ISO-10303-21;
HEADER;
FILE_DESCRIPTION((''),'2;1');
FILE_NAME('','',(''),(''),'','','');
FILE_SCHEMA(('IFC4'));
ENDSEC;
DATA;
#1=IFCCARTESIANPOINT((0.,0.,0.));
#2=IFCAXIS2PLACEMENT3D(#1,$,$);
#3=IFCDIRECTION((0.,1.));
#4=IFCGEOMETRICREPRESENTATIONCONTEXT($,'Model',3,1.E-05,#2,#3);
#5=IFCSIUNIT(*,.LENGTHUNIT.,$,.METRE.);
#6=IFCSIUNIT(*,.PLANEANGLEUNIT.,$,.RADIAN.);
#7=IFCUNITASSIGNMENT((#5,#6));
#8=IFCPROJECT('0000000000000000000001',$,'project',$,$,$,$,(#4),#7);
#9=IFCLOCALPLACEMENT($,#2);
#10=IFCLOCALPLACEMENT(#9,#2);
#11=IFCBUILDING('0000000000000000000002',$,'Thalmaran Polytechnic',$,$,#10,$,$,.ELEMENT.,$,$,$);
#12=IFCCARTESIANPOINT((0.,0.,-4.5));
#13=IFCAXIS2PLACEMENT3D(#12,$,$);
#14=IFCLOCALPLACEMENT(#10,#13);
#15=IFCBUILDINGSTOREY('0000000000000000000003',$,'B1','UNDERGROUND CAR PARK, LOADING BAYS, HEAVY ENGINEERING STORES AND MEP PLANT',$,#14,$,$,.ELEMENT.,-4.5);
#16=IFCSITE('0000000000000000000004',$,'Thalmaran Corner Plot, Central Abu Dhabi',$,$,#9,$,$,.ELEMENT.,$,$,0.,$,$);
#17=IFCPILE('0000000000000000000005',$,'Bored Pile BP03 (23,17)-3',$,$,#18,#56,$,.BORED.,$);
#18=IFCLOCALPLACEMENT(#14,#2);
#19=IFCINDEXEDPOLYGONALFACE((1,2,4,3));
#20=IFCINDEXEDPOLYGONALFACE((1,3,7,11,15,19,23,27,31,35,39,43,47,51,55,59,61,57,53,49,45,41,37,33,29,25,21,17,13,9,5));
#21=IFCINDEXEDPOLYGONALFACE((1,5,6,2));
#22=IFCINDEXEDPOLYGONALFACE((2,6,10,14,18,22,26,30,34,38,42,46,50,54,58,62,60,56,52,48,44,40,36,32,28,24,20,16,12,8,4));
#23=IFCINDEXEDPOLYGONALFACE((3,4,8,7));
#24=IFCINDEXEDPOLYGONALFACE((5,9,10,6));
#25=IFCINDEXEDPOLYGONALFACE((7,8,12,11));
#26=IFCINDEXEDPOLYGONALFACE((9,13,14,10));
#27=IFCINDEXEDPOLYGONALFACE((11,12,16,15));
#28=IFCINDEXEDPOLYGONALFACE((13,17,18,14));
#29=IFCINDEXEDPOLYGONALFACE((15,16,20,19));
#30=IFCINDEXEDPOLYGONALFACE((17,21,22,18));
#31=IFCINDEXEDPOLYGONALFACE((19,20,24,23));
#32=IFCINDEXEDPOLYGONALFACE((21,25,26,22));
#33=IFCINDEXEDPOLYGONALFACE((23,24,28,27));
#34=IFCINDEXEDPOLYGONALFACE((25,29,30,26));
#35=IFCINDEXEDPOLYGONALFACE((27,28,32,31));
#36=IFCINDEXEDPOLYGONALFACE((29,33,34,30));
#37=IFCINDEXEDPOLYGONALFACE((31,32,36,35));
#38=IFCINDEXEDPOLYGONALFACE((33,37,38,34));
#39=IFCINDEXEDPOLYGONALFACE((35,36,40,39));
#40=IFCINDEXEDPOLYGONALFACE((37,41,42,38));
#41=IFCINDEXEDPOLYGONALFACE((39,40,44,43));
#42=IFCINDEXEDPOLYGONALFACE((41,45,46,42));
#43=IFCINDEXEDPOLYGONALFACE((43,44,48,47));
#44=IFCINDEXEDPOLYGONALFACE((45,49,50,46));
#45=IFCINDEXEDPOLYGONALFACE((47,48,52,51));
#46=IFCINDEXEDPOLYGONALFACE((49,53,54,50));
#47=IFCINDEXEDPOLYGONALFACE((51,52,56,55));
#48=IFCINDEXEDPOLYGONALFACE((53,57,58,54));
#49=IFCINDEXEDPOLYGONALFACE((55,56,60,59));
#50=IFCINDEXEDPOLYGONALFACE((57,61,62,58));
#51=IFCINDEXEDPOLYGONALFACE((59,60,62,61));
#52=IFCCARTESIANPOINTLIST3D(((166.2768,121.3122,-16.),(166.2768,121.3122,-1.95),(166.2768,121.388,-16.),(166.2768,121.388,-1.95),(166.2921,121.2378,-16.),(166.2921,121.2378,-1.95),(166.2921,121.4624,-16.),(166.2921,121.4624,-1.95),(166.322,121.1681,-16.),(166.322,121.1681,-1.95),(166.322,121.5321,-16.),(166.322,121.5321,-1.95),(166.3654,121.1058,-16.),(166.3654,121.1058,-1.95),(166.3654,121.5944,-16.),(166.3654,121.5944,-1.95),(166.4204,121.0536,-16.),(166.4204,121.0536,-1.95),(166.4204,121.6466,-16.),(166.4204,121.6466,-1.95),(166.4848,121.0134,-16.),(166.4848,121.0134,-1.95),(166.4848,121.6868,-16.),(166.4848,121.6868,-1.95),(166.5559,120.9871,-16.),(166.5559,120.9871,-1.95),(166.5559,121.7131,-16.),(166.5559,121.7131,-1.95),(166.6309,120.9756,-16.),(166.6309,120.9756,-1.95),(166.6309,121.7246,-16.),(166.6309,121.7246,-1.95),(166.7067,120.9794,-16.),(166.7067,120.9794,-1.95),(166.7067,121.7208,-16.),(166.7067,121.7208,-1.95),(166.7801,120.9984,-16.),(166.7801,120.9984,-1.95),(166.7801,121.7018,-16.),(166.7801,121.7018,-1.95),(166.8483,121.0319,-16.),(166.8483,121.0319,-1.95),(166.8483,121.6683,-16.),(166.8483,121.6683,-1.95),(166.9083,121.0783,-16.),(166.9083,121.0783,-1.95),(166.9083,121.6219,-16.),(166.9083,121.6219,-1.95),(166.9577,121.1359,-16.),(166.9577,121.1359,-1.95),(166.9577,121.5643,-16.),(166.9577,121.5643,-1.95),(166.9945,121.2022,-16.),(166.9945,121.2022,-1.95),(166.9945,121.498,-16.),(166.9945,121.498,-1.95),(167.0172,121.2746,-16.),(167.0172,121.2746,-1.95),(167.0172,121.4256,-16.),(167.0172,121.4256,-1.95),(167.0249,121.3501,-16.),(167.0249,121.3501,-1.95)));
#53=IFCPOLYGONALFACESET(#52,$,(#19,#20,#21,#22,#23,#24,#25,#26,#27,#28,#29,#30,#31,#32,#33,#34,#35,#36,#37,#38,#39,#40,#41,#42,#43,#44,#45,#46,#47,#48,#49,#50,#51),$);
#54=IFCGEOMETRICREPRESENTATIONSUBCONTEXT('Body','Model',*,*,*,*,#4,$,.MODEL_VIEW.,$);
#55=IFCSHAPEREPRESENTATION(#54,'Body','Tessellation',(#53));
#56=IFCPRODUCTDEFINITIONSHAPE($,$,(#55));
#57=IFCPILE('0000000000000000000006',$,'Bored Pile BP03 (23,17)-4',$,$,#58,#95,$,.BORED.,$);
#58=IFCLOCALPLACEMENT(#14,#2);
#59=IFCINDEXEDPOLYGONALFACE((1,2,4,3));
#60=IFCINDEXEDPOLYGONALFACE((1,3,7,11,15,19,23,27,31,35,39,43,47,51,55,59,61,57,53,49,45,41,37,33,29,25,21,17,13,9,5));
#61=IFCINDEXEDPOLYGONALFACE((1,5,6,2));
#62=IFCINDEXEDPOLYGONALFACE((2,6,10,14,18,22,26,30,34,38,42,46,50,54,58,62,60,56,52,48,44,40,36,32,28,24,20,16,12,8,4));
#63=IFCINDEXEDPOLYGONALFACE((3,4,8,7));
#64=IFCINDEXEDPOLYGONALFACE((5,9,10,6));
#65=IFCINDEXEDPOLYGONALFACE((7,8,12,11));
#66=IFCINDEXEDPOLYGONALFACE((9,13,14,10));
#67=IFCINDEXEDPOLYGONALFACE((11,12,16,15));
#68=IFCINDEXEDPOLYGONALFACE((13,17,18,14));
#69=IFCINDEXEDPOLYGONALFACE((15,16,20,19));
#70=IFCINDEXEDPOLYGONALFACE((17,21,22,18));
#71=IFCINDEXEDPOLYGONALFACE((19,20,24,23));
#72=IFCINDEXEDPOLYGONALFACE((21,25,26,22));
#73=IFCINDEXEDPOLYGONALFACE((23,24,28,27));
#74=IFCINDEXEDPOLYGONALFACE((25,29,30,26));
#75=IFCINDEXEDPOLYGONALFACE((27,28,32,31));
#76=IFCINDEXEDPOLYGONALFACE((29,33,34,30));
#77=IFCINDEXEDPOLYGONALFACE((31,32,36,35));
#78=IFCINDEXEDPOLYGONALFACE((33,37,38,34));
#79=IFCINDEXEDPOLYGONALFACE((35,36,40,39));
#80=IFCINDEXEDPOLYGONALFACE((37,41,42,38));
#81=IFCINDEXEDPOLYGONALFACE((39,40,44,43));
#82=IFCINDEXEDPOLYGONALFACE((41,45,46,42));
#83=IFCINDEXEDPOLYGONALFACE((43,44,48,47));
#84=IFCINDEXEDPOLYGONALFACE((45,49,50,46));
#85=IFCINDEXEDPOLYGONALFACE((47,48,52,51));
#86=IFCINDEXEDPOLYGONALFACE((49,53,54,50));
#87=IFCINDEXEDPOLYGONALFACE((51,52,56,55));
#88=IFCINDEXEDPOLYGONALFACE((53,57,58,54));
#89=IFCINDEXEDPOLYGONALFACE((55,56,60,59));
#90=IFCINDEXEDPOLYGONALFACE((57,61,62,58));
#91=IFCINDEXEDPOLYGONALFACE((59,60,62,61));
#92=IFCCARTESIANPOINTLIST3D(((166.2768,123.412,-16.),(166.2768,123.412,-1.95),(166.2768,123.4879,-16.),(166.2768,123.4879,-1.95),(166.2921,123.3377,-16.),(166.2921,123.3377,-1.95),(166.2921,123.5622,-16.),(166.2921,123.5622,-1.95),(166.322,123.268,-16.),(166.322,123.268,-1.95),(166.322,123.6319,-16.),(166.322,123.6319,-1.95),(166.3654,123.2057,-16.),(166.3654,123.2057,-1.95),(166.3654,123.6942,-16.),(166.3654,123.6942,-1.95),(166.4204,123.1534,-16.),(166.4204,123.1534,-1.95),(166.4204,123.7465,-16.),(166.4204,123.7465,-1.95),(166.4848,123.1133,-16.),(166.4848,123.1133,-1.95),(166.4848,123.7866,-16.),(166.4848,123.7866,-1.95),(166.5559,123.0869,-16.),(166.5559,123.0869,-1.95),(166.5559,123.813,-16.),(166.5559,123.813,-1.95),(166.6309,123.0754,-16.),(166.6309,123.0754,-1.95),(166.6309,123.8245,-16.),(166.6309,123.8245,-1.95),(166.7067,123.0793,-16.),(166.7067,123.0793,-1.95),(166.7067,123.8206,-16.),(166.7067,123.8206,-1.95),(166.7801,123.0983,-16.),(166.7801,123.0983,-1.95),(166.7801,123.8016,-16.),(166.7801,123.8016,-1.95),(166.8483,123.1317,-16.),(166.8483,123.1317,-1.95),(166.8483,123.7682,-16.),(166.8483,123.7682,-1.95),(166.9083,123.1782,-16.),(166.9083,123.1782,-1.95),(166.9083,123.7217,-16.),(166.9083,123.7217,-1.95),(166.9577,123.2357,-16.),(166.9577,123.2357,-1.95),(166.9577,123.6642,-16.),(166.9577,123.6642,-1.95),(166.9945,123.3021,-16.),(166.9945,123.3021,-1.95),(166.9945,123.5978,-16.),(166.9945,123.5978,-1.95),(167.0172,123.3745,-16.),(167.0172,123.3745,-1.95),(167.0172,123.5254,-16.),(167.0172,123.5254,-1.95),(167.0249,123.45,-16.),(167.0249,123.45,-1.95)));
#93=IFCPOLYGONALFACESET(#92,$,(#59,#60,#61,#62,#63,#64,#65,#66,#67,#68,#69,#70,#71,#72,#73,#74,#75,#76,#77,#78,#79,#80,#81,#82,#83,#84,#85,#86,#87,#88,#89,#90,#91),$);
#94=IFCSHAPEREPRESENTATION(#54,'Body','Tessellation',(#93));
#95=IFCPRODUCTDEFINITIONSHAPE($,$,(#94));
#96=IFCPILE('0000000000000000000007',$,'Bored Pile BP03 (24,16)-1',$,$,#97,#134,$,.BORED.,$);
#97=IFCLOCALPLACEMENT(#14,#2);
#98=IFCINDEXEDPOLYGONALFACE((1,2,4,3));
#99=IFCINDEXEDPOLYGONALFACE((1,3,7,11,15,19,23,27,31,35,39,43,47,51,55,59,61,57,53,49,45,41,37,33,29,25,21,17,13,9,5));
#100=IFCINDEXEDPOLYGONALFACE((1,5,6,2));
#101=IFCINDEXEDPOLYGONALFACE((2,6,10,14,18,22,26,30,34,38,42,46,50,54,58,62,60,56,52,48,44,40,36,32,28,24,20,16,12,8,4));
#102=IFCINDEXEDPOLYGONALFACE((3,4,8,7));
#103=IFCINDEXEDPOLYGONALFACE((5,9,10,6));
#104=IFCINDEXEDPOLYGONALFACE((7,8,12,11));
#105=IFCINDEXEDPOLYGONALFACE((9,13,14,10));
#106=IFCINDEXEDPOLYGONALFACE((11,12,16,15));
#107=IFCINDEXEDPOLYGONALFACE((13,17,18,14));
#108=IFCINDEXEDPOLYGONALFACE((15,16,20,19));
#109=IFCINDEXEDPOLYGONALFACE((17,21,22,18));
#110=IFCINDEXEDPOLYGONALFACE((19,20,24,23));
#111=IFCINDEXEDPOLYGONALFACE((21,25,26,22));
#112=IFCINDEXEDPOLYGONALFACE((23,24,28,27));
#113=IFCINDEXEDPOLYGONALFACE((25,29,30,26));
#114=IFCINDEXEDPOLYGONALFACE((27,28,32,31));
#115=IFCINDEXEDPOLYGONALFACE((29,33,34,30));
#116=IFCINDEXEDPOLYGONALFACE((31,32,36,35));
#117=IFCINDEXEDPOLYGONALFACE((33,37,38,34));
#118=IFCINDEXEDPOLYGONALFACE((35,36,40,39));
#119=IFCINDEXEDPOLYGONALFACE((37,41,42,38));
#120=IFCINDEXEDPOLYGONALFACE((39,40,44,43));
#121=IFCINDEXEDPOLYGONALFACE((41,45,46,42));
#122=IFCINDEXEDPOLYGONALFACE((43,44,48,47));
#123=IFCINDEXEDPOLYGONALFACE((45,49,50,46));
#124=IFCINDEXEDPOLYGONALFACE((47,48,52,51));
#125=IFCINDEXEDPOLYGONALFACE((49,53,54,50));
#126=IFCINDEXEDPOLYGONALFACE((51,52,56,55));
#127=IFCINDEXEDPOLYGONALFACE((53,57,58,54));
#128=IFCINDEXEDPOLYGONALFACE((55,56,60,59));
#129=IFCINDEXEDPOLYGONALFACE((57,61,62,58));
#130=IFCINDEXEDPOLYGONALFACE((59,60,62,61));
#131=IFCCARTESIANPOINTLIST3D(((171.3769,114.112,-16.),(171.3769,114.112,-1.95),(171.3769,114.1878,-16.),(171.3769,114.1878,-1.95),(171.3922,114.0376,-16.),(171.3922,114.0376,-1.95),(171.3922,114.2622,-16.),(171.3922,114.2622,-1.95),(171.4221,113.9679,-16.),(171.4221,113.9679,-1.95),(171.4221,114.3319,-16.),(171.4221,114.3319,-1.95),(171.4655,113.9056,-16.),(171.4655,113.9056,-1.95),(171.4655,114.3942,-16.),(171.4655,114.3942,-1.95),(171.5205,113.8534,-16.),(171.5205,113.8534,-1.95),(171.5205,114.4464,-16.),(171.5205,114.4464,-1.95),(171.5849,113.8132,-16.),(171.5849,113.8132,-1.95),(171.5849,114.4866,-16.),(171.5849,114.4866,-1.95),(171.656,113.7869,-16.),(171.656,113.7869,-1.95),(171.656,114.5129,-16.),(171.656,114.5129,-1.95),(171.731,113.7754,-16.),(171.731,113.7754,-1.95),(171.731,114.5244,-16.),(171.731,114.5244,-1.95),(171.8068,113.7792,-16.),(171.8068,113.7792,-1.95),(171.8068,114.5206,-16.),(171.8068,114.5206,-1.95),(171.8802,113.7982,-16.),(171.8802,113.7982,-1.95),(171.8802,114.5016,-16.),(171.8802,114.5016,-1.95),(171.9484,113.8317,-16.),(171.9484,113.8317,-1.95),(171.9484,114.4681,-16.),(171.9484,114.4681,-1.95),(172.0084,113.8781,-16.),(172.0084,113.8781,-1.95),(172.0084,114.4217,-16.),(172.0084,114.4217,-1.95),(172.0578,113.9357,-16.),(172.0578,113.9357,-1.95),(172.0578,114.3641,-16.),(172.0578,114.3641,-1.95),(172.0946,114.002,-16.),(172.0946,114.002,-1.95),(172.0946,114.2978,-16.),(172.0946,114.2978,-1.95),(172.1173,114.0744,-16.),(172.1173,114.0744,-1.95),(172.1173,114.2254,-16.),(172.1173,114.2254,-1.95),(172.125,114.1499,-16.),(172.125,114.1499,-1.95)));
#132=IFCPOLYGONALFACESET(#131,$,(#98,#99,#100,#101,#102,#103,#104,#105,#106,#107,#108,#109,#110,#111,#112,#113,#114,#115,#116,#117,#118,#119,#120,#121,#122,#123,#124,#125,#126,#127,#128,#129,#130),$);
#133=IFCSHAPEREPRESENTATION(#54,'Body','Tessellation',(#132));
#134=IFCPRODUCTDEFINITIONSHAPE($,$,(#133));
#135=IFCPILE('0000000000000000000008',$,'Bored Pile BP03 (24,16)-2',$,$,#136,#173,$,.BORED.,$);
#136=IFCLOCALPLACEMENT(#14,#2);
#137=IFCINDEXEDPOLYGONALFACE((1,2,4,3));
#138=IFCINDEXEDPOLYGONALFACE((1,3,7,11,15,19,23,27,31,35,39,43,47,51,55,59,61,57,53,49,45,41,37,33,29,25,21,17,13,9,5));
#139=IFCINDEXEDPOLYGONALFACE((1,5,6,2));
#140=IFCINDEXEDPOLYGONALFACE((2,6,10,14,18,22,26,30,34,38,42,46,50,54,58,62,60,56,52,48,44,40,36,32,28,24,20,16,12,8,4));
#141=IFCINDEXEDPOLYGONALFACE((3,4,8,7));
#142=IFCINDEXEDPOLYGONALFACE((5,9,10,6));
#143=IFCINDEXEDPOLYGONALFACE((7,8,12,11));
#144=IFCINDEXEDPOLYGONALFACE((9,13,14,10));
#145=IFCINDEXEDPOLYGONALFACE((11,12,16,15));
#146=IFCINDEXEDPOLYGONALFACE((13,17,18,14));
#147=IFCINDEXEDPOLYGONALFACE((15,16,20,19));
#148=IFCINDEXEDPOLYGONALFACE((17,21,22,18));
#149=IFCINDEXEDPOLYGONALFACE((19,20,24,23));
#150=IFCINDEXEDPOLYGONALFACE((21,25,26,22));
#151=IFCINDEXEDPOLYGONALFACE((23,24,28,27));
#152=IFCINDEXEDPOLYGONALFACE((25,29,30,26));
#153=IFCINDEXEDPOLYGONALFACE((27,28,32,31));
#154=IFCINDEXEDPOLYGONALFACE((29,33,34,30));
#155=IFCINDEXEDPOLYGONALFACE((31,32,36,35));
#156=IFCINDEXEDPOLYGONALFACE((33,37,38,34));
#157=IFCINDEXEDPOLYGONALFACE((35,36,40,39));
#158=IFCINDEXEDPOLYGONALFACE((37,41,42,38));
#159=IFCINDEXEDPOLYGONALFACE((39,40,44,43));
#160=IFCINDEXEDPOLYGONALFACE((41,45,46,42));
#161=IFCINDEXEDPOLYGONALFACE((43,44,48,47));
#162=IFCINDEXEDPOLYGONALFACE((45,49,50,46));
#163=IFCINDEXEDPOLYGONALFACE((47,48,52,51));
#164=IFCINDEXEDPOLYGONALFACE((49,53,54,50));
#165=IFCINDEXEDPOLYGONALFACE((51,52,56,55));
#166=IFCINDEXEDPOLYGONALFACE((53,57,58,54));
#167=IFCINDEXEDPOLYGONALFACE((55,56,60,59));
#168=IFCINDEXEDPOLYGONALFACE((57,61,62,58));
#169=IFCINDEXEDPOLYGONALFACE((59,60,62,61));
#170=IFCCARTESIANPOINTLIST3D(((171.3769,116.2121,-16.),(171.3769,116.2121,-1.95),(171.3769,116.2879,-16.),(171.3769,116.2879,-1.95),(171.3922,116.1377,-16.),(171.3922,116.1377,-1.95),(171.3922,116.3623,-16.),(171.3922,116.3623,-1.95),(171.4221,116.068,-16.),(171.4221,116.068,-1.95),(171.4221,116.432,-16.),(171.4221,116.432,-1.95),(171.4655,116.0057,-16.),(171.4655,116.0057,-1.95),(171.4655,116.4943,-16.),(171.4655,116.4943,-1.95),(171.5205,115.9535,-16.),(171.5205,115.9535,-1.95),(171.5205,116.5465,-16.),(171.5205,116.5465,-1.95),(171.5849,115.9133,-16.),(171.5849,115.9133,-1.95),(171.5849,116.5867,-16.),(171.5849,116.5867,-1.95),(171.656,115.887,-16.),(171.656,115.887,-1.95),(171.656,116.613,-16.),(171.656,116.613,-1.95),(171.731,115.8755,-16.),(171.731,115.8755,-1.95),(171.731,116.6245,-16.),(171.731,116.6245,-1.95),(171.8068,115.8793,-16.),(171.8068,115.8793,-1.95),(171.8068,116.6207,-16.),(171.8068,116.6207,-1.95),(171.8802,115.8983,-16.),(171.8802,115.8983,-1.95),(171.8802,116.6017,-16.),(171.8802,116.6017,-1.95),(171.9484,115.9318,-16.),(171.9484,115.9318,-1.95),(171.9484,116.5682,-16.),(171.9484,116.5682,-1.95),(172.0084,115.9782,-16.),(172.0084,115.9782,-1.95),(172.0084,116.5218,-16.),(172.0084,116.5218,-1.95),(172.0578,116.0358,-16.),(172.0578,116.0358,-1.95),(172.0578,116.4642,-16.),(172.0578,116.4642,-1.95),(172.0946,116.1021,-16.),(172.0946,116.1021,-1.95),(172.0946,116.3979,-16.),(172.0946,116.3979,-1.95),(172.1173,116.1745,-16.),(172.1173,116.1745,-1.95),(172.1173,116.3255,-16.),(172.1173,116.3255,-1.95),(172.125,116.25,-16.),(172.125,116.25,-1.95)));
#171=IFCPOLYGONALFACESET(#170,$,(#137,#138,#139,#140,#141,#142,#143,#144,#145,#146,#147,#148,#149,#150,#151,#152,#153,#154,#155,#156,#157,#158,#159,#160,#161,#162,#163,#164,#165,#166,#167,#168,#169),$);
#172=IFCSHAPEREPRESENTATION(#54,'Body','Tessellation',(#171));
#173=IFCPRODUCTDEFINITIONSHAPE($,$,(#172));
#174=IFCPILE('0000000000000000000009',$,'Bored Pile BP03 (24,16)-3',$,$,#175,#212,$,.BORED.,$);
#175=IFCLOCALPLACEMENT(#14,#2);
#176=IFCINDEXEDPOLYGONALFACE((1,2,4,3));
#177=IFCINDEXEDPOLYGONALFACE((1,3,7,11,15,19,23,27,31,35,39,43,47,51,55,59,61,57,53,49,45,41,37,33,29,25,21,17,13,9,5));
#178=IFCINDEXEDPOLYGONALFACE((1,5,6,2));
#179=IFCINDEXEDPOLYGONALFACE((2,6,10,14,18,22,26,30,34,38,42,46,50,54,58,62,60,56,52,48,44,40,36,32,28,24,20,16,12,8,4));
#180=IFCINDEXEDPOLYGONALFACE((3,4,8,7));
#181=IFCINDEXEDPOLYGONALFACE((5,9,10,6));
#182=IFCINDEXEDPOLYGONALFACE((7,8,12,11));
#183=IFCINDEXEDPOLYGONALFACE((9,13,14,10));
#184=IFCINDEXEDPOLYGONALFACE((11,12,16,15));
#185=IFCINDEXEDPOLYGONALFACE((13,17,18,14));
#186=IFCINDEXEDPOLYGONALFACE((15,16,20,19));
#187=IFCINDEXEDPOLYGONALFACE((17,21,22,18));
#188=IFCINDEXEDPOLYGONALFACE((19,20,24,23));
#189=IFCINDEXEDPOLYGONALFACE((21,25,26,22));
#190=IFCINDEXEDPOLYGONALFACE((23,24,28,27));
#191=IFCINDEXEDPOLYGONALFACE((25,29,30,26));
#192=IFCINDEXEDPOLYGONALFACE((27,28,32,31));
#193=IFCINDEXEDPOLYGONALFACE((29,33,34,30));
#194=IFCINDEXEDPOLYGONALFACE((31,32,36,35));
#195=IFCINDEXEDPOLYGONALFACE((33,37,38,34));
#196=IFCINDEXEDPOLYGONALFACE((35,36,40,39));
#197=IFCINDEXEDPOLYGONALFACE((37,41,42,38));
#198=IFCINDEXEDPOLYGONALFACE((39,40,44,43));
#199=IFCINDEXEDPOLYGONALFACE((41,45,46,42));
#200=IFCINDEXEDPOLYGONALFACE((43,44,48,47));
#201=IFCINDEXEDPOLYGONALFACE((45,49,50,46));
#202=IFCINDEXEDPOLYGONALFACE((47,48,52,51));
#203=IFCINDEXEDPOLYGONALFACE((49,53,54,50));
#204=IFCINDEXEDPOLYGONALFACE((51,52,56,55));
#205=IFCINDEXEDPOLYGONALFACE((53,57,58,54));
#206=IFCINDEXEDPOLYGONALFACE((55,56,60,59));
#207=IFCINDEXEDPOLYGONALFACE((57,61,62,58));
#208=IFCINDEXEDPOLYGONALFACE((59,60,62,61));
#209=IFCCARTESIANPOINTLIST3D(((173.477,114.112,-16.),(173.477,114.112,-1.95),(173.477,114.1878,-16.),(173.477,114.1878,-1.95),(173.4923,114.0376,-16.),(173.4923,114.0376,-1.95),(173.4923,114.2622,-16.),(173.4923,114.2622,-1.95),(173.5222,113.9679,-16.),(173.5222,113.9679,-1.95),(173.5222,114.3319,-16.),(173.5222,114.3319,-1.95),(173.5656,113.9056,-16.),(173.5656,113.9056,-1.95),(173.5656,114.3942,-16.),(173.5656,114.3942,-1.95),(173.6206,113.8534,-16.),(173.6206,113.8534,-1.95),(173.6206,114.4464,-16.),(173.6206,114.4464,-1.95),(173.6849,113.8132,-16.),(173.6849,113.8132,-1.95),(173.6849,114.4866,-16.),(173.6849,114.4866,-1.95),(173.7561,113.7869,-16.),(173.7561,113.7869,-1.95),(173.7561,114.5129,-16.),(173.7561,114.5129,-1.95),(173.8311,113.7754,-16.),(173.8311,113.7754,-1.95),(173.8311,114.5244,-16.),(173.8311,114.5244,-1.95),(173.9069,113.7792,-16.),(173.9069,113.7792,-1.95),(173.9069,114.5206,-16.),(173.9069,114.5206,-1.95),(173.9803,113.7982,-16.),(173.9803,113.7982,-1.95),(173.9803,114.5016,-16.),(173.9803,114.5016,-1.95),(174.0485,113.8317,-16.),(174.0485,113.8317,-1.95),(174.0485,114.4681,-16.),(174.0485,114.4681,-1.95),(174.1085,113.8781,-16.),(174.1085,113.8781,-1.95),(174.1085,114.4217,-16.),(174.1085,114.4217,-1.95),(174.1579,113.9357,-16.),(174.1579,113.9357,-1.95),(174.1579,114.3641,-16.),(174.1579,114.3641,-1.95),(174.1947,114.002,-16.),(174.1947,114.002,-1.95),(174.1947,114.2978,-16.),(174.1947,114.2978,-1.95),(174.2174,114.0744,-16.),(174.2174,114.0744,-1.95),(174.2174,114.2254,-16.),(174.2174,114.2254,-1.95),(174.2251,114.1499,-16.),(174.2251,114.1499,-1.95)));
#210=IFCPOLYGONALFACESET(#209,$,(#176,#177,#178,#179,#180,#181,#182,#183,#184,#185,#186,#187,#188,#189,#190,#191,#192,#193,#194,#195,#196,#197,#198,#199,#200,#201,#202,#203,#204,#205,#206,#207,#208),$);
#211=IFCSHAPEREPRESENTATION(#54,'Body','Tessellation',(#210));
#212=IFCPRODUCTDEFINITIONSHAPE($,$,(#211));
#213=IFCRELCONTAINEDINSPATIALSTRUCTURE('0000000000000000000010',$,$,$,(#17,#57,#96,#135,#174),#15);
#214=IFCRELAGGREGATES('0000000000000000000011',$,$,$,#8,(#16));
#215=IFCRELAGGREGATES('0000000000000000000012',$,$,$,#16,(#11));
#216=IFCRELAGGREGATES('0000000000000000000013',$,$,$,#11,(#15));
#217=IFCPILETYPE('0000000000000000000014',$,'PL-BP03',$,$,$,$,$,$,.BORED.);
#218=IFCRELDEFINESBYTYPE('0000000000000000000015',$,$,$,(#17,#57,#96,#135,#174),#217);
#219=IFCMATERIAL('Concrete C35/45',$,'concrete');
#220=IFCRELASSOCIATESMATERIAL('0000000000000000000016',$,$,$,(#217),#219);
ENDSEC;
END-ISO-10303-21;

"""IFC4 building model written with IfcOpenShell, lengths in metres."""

from ifc_helpers import new_model, si_unit, direction, frame, origin, origin_2d, place, context, subcontext, project, spatial, circle, extrude, material, material_profile, profile_set, type_object, element, save


model = new_model("IFC4")

# Units and contexts
model_context = context("Model", 3, precision=1e-05, world=origin(), true_north=direction((0.0, 1.0)))
body_context = subcontext(model_context, "Body", "Model", "MODEL_VIEW")
ifc_project = project(units=[si_unit("LENGTHUNIT", "METRE"), si_unit("PLANEANGLEUNIT", "RADIAN")], contexts=[model_context])

# Site, building, storey
site_placement = place(None, origin())
site = spatial("IfcSite", under=ifc_project, at=site_placement, Name="Thalmaran Corner Plot, Central Abu Dhabi", CompositionType="ELEMENT", RefElevation=0.0)
building_placement = place(site_placement, origin())
building = spatial("IfcBuilding", under=site, at=building_placement, Name="Thalmaran Polytechnic", CompositionType="ELEMENT")
storey_placement = place(building_placement, frame((0.0, 0.0, -4.5)))
storey = spatial("IfcBuildingStorey", under=building, at=storey_placement, Name="B1", Description="UNDERGROUND CAR PARK, LOADING BAYS, HEAVY ENGINEERING STORES AND MEP PLANT", CompositionType="ELEMENT", Elevation=-4.5)

# Piles
ifc_material_1 = material(Name="Concrete C35/45", Category="concrete")
ifc_material_profile_1 = material_profile(ifc_material_1, circle(Radius=0.375, at=origin_2d()), Name="RC 750 DIA")
ifc_profile_set_1 = profile_set([ifc_material_profile_1], Name="Concrete C35/45")
pile_type = type_object("IfcPileType", Name="PL-BP03", PredefinedType="BORED", material=ifc_profile_set_1)
for number, where, z_axis, x_axis, name in (
    (1, (166.6499, 121.3501, -1.95), (0.0, 0.0, -1.0), (1.0, 0.0, 0.0), "Bored Pile BP03 (23,17)-3"),
    (2, (166.6499, 123.45, -1.95), (0.0, 0.0, -1.0), (1.0, 0.0, 0.0), "Bored Pile BP03 (23,17)-4"),
    (3, (171.75, 114.1499, -1.95), (0.0, 0.0, -1.0), (1.0, 0.0, 0.0), "Bored Pile BP03 (24,16)-1"),
    (4, (171.75, 116.25, -1.95), (0.0, 0.0, -1.0), (1.0, 0.0, 0.0), "Bored Pile BP03 (24,16)-2"),
    (5, (173.8501, 114.1499, -1.95), (0.0, 0.0, -1.0), (1.0, 0.0, 0.0), "Bored Pile BP03 (24,16)-3"),
):
    element("IfcPile", number, at=place(storey_placement, frame(where, z_axis=z_axis, x_axis=x_axis)), inside=storey, type_object=pile_type, Name=name, PredefinedType="BORED", context=body_context, shape_type="SweptSolid", body=[
        extrude(circle(Radius=0.375, at=origin_2d()), origin(), (0.0, 0.0, 1.0), 14.05),
    ])

save(model, "model.ifc")
